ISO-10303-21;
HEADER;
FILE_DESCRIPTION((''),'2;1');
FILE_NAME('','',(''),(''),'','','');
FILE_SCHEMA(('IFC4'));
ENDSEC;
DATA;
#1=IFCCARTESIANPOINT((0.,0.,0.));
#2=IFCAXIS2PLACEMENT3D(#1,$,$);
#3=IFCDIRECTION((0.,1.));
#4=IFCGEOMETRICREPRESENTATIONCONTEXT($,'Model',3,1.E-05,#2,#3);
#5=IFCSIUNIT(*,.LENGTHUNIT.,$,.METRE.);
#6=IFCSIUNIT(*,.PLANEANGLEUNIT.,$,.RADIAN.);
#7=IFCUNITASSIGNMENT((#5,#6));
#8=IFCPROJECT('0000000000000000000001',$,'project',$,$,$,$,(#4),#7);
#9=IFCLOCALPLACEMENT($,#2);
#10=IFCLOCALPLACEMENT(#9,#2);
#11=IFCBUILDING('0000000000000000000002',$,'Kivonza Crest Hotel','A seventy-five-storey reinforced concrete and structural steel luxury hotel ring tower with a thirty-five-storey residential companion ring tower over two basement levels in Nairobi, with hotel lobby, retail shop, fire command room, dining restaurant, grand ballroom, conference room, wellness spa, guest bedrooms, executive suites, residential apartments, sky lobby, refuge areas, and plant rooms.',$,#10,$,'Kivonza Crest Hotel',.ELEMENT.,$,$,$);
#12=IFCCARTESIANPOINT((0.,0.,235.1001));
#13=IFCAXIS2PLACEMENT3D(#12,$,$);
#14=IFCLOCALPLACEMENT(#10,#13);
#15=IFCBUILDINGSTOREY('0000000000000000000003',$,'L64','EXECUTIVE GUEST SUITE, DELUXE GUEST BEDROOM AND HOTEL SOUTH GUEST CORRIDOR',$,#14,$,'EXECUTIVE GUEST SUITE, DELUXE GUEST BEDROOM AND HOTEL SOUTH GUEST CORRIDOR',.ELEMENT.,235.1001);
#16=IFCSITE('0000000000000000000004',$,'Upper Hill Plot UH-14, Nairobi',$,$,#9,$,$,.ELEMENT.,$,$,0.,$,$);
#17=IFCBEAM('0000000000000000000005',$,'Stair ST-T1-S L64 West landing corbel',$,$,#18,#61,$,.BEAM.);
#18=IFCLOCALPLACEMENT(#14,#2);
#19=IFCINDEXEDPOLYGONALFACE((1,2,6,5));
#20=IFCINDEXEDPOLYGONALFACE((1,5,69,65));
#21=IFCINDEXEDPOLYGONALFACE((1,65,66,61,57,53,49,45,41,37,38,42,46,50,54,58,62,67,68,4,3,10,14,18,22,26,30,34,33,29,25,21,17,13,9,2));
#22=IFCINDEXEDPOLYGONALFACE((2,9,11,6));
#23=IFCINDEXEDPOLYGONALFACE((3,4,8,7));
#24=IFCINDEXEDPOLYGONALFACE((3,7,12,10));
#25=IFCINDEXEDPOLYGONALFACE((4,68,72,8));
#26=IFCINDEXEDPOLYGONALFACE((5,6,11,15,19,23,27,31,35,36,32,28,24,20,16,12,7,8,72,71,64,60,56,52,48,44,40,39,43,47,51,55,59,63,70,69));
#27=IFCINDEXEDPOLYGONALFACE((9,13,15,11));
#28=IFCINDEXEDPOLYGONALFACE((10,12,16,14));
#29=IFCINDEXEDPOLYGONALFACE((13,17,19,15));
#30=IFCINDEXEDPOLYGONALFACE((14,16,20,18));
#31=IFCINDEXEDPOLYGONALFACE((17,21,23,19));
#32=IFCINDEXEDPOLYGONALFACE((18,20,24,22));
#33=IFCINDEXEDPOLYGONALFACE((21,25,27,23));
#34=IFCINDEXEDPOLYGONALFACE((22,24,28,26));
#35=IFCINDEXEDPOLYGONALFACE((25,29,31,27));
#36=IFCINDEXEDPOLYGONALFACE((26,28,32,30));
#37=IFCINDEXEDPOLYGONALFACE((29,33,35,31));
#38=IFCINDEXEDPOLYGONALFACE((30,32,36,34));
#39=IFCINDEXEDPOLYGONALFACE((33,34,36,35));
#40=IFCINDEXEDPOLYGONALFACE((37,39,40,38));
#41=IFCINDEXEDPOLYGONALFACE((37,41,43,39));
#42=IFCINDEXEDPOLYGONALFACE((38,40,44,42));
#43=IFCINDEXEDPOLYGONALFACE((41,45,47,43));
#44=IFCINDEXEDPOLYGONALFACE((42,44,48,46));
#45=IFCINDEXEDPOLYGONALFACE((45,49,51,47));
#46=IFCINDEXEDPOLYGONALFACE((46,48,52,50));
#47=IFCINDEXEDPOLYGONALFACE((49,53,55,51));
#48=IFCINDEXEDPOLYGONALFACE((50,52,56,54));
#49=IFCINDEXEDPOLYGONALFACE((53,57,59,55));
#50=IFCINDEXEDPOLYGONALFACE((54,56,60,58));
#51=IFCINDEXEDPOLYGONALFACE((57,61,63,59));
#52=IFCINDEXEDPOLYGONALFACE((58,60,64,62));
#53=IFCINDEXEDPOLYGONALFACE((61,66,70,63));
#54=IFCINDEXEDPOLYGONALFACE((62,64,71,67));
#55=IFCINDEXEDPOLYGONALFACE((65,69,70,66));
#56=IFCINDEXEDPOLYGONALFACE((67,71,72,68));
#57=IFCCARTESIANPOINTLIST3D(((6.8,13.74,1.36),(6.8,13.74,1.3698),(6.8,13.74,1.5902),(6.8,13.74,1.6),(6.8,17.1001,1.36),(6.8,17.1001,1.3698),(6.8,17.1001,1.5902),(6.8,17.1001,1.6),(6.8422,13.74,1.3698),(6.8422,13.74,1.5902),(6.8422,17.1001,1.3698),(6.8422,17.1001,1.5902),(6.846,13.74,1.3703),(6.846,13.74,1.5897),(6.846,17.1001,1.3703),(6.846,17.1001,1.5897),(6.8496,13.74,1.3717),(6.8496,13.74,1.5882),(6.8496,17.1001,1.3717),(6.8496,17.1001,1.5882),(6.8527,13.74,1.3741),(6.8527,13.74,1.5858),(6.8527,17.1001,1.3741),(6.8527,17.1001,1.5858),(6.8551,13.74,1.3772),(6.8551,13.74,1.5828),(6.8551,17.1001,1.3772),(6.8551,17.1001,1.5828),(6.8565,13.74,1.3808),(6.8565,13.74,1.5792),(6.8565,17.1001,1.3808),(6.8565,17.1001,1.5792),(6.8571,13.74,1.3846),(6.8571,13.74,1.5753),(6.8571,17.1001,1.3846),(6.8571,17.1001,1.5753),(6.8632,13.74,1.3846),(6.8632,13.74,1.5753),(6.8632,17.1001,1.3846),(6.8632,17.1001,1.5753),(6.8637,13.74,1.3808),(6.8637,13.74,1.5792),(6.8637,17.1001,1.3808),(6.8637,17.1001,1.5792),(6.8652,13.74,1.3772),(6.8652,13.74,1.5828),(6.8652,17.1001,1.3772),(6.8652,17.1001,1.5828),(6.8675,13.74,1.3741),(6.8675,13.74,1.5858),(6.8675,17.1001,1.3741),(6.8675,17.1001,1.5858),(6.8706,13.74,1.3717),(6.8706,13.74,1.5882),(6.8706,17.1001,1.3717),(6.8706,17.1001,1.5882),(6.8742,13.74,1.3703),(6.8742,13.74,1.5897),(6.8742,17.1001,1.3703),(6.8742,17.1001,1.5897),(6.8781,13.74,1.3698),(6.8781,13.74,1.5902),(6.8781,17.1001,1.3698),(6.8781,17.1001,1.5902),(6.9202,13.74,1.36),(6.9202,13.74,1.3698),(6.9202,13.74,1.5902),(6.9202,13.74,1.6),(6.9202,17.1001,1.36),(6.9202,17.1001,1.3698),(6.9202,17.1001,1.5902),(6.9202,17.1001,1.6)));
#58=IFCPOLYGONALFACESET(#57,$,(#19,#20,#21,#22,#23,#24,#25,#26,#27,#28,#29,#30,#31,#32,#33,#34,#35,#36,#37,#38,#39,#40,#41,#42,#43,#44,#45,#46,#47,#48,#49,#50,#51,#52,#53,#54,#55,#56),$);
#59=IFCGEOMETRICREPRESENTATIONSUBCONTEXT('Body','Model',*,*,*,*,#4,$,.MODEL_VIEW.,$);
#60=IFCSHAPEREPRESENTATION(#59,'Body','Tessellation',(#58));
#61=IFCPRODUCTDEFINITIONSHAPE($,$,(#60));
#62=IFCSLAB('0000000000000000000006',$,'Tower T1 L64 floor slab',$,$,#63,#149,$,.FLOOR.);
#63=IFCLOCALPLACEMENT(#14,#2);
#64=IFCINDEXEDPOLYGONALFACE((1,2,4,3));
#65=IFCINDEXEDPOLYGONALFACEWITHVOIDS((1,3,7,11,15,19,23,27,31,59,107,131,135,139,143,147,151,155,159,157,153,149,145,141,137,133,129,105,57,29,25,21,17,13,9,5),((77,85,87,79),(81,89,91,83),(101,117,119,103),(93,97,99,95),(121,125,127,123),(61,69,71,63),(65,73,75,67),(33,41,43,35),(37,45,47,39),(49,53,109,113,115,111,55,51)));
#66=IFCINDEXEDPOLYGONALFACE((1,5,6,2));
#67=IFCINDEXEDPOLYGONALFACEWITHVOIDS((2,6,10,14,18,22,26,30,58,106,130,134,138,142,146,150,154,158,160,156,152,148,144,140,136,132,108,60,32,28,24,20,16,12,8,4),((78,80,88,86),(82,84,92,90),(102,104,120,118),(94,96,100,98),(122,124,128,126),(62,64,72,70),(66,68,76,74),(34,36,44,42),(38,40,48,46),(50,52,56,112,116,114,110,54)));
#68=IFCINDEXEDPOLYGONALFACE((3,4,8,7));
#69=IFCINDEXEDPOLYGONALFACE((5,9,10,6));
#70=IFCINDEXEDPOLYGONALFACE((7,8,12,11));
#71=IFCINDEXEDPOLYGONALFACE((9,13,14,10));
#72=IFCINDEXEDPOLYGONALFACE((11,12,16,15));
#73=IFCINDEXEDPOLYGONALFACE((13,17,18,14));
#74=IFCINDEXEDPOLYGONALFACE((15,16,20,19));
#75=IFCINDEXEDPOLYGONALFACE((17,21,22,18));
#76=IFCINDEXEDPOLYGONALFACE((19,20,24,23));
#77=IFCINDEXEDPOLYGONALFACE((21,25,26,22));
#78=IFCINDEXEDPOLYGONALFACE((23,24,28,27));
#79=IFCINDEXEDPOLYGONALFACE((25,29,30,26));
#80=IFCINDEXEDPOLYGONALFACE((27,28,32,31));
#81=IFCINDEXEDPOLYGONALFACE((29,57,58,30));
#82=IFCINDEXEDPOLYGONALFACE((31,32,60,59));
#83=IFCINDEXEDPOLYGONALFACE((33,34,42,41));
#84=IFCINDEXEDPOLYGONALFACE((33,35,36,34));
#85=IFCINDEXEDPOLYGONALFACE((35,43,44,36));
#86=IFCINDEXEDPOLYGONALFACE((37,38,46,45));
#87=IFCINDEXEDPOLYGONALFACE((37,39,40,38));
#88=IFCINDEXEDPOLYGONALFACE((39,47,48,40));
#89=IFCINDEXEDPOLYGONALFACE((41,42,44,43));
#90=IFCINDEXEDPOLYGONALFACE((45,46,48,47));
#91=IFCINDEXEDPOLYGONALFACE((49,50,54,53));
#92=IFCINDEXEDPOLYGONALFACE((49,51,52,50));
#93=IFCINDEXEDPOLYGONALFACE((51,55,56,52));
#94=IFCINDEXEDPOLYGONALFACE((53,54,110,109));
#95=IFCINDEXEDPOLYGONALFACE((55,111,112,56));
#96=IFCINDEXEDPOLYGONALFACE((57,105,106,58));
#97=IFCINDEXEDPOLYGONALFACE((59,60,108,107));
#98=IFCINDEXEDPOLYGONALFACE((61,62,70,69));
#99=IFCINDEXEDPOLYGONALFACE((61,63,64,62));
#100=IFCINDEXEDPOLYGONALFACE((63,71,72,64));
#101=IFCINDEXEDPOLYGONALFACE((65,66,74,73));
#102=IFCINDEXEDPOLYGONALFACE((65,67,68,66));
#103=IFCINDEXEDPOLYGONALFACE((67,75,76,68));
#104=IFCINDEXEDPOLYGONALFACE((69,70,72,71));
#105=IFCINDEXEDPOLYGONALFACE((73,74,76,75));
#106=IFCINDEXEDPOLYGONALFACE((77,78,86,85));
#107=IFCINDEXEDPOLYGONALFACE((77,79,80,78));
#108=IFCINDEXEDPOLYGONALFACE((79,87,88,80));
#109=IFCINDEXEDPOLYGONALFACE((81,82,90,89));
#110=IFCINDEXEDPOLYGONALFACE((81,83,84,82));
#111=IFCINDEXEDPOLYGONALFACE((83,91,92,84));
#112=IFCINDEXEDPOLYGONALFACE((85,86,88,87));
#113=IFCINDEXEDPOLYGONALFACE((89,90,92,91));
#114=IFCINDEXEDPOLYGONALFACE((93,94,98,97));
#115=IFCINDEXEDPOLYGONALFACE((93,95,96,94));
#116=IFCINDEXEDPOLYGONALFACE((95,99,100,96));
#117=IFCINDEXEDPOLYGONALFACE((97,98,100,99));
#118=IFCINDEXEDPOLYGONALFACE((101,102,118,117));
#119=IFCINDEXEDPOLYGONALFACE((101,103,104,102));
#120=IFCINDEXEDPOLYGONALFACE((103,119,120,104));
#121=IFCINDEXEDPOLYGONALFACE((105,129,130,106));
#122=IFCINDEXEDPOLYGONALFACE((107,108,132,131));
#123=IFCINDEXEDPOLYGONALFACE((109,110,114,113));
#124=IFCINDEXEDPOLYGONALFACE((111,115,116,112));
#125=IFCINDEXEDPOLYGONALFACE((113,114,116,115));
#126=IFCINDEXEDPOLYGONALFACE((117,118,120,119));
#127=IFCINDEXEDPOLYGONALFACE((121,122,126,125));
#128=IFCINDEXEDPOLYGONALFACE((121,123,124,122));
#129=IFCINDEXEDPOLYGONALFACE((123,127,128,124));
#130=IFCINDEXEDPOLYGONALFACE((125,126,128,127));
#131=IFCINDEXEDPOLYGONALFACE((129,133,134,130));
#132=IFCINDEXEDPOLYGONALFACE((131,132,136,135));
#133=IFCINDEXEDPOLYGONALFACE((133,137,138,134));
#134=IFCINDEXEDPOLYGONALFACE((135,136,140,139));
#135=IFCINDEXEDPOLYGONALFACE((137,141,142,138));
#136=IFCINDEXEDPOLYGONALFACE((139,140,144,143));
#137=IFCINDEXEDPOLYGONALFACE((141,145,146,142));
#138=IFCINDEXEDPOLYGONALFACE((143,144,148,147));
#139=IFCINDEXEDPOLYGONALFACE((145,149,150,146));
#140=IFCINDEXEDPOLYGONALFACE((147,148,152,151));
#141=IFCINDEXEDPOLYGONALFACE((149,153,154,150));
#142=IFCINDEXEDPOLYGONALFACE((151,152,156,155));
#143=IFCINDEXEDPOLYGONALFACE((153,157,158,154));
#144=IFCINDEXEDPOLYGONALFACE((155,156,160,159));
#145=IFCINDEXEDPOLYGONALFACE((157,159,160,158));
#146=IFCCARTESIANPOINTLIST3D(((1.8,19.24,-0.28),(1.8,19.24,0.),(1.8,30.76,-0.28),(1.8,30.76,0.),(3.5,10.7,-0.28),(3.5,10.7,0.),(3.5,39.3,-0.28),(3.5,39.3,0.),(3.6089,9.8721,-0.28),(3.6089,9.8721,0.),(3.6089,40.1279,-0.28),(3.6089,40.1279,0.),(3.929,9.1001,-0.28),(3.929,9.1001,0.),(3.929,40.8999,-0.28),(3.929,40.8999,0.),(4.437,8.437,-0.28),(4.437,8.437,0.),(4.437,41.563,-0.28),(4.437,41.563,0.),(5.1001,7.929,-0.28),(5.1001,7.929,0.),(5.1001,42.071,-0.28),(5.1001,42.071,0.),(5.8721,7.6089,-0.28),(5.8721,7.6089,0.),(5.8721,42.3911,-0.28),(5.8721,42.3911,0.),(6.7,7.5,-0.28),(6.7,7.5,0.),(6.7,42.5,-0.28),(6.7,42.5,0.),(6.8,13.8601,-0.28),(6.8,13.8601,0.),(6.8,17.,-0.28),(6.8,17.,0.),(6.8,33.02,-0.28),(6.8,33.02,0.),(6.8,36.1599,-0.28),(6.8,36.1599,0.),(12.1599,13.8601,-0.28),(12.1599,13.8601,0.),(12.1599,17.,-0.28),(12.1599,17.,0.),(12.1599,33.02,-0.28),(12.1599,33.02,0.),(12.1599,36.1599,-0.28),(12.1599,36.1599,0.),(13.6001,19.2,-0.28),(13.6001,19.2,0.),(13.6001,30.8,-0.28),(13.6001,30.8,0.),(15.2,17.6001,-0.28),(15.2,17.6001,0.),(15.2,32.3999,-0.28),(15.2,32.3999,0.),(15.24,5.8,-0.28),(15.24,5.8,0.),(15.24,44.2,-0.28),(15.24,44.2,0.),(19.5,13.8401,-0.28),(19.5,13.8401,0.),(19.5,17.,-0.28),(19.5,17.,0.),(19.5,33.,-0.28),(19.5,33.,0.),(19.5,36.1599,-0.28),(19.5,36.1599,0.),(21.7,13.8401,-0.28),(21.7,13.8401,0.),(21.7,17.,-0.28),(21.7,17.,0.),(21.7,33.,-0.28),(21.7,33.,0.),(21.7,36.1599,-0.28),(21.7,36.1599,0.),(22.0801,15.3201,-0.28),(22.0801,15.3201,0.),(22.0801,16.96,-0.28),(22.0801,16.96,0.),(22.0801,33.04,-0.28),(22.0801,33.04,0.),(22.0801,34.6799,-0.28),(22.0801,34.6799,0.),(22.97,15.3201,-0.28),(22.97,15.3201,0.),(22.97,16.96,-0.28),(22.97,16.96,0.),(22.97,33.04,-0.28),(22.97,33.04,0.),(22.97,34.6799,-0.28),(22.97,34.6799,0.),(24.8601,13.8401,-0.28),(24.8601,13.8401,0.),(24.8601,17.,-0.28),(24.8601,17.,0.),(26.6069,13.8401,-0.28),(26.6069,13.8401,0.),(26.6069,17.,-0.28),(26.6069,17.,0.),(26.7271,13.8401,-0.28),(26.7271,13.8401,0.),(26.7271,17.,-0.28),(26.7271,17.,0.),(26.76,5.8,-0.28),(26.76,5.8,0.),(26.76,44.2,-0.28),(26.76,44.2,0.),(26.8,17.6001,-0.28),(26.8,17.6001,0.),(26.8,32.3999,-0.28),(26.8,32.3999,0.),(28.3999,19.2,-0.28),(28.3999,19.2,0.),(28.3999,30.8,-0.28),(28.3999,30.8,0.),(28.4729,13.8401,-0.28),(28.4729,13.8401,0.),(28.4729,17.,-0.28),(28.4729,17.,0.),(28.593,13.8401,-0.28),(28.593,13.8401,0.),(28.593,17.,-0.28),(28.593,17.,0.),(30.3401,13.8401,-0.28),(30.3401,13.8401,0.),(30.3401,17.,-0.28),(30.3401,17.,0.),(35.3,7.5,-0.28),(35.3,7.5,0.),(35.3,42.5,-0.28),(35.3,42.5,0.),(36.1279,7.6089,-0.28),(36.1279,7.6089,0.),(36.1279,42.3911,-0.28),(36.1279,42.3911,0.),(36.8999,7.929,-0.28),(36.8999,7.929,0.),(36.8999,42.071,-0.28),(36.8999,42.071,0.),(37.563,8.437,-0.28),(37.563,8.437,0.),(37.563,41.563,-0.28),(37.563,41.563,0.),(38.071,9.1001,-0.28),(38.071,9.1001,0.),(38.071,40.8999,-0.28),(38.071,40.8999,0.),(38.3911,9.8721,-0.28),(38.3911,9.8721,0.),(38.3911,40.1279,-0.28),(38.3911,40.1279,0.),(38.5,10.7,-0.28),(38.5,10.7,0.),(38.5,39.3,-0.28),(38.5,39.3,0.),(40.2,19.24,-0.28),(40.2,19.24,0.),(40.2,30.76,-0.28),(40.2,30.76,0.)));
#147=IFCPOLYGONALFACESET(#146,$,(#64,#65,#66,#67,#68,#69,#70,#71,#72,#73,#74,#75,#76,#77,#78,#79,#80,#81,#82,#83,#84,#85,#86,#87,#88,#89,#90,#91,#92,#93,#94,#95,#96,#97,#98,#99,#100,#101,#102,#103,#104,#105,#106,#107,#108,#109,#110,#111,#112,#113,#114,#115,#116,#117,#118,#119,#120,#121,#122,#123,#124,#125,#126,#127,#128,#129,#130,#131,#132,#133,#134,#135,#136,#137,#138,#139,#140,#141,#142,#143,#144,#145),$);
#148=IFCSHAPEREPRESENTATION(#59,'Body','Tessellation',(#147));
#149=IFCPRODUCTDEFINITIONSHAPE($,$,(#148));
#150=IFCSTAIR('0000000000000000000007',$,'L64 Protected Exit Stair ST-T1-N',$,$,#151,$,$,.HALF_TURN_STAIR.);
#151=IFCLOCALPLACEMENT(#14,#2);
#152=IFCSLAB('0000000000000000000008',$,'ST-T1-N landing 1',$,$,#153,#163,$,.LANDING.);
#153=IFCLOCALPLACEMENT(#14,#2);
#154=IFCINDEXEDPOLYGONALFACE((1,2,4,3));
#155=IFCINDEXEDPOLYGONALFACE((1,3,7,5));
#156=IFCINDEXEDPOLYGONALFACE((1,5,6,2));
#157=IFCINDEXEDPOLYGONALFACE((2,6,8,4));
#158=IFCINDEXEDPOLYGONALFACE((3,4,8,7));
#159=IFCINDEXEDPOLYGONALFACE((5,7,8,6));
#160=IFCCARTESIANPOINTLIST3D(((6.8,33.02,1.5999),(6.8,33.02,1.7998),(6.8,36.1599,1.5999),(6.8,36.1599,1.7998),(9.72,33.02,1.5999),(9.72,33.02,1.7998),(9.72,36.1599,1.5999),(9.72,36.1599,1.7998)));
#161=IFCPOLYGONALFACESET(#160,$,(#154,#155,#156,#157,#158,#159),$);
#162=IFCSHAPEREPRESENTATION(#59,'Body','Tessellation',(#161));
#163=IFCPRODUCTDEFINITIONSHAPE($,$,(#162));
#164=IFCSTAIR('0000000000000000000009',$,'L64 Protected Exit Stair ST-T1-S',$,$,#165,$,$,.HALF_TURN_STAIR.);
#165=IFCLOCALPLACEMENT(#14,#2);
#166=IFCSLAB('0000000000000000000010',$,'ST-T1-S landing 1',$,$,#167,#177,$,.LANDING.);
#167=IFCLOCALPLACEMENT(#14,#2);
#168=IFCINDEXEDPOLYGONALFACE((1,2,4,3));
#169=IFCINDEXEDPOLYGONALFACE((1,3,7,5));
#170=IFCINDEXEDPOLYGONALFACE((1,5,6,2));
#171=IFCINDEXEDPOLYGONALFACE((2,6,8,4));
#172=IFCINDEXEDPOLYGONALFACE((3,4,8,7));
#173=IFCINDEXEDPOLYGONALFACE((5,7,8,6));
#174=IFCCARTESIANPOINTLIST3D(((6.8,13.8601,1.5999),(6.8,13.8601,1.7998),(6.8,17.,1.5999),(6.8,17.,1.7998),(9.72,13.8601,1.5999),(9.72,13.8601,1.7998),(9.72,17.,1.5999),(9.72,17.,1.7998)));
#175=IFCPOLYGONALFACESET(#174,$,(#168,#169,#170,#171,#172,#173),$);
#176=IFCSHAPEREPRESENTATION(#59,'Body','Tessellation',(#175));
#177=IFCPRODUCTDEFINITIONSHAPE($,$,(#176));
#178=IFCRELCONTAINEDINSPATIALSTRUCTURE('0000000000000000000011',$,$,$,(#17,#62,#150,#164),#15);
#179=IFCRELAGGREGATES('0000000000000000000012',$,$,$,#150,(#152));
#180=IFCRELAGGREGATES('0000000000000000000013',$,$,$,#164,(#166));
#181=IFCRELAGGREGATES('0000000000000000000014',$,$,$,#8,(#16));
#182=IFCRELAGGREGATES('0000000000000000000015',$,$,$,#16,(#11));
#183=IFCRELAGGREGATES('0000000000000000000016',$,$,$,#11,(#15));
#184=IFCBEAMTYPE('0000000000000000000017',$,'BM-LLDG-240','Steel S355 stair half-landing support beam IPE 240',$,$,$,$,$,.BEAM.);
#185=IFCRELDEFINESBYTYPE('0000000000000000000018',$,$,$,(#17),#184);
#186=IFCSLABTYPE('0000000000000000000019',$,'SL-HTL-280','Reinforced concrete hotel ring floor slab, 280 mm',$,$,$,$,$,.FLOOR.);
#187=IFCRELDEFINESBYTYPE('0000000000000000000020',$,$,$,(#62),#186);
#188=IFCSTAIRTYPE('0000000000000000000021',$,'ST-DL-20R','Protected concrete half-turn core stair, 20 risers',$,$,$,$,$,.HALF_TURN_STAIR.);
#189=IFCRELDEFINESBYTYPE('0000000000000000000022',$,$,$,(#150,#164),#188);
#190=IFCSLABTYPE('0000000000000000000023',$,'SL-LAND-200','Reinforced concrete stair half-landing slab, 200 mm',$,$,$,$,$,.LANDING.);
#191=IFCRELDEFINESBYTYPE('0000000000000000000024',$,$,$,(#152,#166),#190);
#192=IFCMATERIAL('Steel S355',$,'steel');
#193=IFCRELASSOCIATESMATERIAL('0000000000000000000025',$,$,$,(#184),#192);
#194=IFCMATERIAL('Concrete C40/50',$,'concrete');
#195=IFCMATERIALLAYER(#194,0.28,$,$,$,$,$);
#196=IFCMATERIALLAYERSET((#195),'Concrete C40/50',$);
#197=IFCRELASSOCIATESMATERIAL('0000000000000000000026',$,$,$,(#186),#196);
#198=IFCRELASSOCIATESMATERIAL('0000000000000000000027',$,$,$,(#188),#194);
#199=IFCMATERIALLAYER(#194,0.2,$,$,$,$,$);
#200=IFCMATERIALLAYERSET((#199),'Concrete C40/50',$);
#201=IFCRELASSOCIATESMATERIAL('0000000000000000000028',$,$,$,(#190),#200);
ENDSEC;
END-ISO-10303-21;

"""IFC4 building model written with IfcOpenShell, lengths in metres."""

from ifc_helpers import new_model, si_unit, direction, frame, origin, origin_2d, place, context, subcontext, project, spatial, polyline, i_section, outline, extrude, material, layer, layer_set, material_profile, profile_set, type_object, element, aggregate, save


model = new_model("IFC4")

# Units and contexts
model_context = context("Model", 3, precision=1e-05, world=origin(), true_north=direction((0.0, 1.0)))
body_context = subcontext(model_context, "Body", "Model", "MODEL_VIEW")
ifc_project = project(units=[si_unit("LENGTHUNIT", "METRE"), si_unit("PLANEANGLEUNIT", "RADIAN")], contexts=[model_context])

# Site, building, storey
site_placement = place(None, origin())
site = spatial("IfcSite", under=ifc_project, at=site_placement, Name="Upper Hill Plot UH-14, Nairobi", CompositionType="ELEMENT", RefElevation=0.0)
building_placement = place(site_placement, origin())
building = spatial("IfcBuilding", under=site, at=building_placement, Name="Kivonza Crest Hotel", Description="A seventy-five-storey reinforced concrete and structural steel luxury hotel ring tower with a thirty-five-storey residential companion ring tower over two basement levels in Nairobi, with hotel lobby, retail shop, fire command room, dining restaurant, grand ballroom, conference room, wellness spa, guest bedrooms, executive suites, residential apartments, sky lobby, refuge areas, and plant rooms.", LongName="Kivonza Crest Hotel", CompositionType="ELEMENT")
storey_placement = place(building_placement, frame((0.0, 0.0, 235.1001)))
storey = spatial("IfcBuildingStorey", under=building, at=storey_placement, Name="L64", Description="EXECUTIVE GUEST SUITE, DELUXE GUEST BEDROOM AND HOTEL SOUTH GUEST CORRIDOR", LongName="EXECUTIVE GUEST SUITE, DELUXE GUEST BEDROOM AND HOTEL SOUTH GUEST CORRIDOR", CompositionType="ELEMENT", Elevation=235.1001)

# Beam
ifc_material_1 = material(Name="Steel S355", Category="steel")
ifc_material_profile = material_profile(ifc_material_1, i_section(OverallWidth=0.1201, OverallDepth=0.24, WebThickness=0.0061, FlangeThickness=0.0098, FilletRadius=0.0149, at=origin_2d()), Name="IPE 240")
ifc_profile_set = profile_set([ifc_material_profile], Name="Steel S355")
beam_type = type_object("IfcBeamType", Name="BM-LLDG-240", Description="Steel S355 stair half-landing support beam IPE 240", PredefinedType="BEAM", material=ifc_profile_set)
beam_placement = place(storey_placement, frame((6.8601, 13.74, 1.48), z_axis=(0.0, 1.0, 0.0), x_axis=(-1.0, 0.0, 0.0)))
element("IfcBeam", 1, at=beam_placement, inside=storey, type_object=beam_type, Name="Stair ST-T1-S L64 West landing corbel", PredefinedType="BEAM", context=body_context, shape_type="SweptSolid", body=[
    extrude(i_section(OverallWidth=0.1201, OverallDepth=0.24, WebThickness=0.0061, FlangeThickness=0.0098, FilletRadius=0.0149, at=origin_2d()), origin(), (0.0, 0.0, 1.0), 3.3601),
])

# Slab
ifc_material_2 = material(Name="Concrete C40/50", Category="concrete")
ifc_layer_1 = layer(ifc_material_2, 0.28)
ifc_layer_set_1 = layer_set([ifc_layer_1], Name="Concrete C40/50")
slab_type_1 = type_object("IfcSlabType", Name="SL-HTL-280", Description="Reinforced concrete hotel ring floor slab, 280 mm", PredefinedType="FLOOR", material=ifc_layer_set_1)
slab_1_placement = place(storey_placement, frame((0.0, 0.0, -0.28)))
element("IfcSlab", 2, at=slab_1_placement, inside=storey, type_object=slab_type_1, Name="Tower T1 L64 floor slab", PredefinedType="FLOOR", context=body_context, shape_type="SweptSolid", body=[
    extrude(outline(polyline([(3.5, 10.7), (3.6089, 9.8721), (3.929, 9.1001), (4.437, 8.437), (5.1001, 7.929), (5.8721, 7.6089), (6.7, 7.5), (15.24, 5.8), (26.76, 5.8), (35.3, 7.5), (36.1279, 7.6089), (36.8999, 7.929), (37.563, 8.437), (38.071, 9.1001), (38.3911, 9.8721), (38.5, 10.7), (40.2, 19.24), (40.2, 30.76), (38.5, 39.3), (38.3911, 40.1279), (38.071, 40.8999), (37.563, 41.563), (36.8999, 42.071), (36.1279, 42.3911), (35.3, 42.5), (26.76, 44.2), (15.24, 44.2), (6.7, 42.5), (5.8721, 42.3911), (5.1001, 42.071), (4.437, 41.563), (3.929, 40.8999), (3.6089, 40.1279), (3.5, 39.3), (1.8, 30.76), (1.8, 19.24), (3.5, 10.7)]), holes=[polyline([(15.2, 17.6001), (26.8, 17.6001), (28.3999, 19.2), (28.3999, 30.8), (26.8, 32.3999), (15.2, 32.3999), (13.6001, 30.8), (13.6001, 19.2), (15.2, 17.6001)]), polyline([(6.8, 33.02), (12.1599, 33.02), (12.1599, 36.1599), (6.8, 36.1599), (6.8, 33.02)]), polyline([(6.8, 13.8601), (12.1599, 13.8601), (12.1599, 17.0), (6.8, 17.0), (6.8, 13.8601)]), polyline([(22.0801, 33.04), (22.97, 33.04), (22.97, 34.6799), (22.0801, 34.6799), (22.0801, 33.04)]), polyline([(22.0801, 15.3201), (22.97, 15.3201), (22.97, 16.96), (22.0801, 16.96), (22.0801, 15.3201)]), polyline([(19.5, 33.0), (21.7, 33.0), (21.7, 36.1599), (19.5, 36.1599), (19.5, 33.0)]), polyline([(19.5, 13.8401), (21.7, 13.8401), (21.7, 17.0), (19.5, 17.0), (19.5, 13.8401)]), polyline([(24.8601, 13.8401), (26.6069, 13.8401), (26.6069, 17.0), (24.8601, 17.0), (24.8601, 13.8401)]), polyline([(26.7271, 13.8401), (28.4729, 13.8401), (28.4729, 17.0), (26.7271, 17.0), (26.7271, 13.8401)]), polyline([(28.593, 13.8401), (30.3401, 13.8401), (30.3401, 17.0), (28.593, 17.0), (28.593, 13.8401)])]), origin(), (0.0, 0.0, 1.0), 0.28),
])

# Stairs, slabs
stair_type = type_object("IfcStairType", Name="ST-DL-20R", Description="Protected concrete half-turn core stair, 20 risers", PredefinedType="HALF_TURN_STAIR", material=ifc_material_2)
stair_1_placement = place(storey_placement, origin())
stair_1 = element("IfcStair", 3, at=stair_1_placement, inside=storey, type_object=stair_type, Name="L64 Protected Exit Stair ST-T1-N", PredefinedType="HALF_TURN_STAIR")
ifc_layer_2 = layer(ifc_material_2, 0.2)
ifc_layer_set_2 = layer_set([ifc_layer_2], Name="Concrete C40/50")
slab_type_2 = type_object("IfcSlabType", Name="SL-LAND-200", Description="Reinforced concrete stair half-landing slab, 200 mm", PredefinedType="LANDING", material=ifc_layer_set_2)
slab_2_placement = place(storey_placement, frame((0.0, 0.0, 1.5999)))
slab_2 = element("IfcSlab", 4, at=slab_2_placement, type_object=slab_type_2, Name="ST-T1-N landing 1", PredefinedType="LANDING", context=body_context, shape_type="SweptSolid", body=[
    extrude(outline(polyline([(9.72, 36.1599), (6.8, 36.1599), (6.8, 33.02), (9.72, 33.02), (9.72, 36.1599)])), origin(), (0.0, 0.0, 1.0), 0.2),
])
aggregate(stair_1, [slab_2])
stair_2_placement = place(storey_placement, origin())
stair_2 = element("IfcStair", 5, at=stair_2_placement, inside=storey, type_object=stair_type, Name="L64 Protected Exit Stair ST-T1-S", PredefinedType="HALF_TURN_STAIR")
slab_3_placement = place(storey_placement, frame((0.0, 0.0, 1.5999)))
slab_3 = element("IfcSlab", 6, at=slab_3_placement, type_object=slab_type_2, Name="ST-T1-S landing 1", PredefinedType="LANDING", context=body_context, shape_type="SweptSolid", body=[
    extrude(outline(polyline([(9.72, 17.0), (6.8, 17.0), (6.8, 13.8601), (9.72, 13.8601), (9.72, 17.0)])), origin(), (0.0, 0.0, 1.0), 0.2),
])
aggregate(stair_2, [slab_3])

save(model, "model.ifc")
